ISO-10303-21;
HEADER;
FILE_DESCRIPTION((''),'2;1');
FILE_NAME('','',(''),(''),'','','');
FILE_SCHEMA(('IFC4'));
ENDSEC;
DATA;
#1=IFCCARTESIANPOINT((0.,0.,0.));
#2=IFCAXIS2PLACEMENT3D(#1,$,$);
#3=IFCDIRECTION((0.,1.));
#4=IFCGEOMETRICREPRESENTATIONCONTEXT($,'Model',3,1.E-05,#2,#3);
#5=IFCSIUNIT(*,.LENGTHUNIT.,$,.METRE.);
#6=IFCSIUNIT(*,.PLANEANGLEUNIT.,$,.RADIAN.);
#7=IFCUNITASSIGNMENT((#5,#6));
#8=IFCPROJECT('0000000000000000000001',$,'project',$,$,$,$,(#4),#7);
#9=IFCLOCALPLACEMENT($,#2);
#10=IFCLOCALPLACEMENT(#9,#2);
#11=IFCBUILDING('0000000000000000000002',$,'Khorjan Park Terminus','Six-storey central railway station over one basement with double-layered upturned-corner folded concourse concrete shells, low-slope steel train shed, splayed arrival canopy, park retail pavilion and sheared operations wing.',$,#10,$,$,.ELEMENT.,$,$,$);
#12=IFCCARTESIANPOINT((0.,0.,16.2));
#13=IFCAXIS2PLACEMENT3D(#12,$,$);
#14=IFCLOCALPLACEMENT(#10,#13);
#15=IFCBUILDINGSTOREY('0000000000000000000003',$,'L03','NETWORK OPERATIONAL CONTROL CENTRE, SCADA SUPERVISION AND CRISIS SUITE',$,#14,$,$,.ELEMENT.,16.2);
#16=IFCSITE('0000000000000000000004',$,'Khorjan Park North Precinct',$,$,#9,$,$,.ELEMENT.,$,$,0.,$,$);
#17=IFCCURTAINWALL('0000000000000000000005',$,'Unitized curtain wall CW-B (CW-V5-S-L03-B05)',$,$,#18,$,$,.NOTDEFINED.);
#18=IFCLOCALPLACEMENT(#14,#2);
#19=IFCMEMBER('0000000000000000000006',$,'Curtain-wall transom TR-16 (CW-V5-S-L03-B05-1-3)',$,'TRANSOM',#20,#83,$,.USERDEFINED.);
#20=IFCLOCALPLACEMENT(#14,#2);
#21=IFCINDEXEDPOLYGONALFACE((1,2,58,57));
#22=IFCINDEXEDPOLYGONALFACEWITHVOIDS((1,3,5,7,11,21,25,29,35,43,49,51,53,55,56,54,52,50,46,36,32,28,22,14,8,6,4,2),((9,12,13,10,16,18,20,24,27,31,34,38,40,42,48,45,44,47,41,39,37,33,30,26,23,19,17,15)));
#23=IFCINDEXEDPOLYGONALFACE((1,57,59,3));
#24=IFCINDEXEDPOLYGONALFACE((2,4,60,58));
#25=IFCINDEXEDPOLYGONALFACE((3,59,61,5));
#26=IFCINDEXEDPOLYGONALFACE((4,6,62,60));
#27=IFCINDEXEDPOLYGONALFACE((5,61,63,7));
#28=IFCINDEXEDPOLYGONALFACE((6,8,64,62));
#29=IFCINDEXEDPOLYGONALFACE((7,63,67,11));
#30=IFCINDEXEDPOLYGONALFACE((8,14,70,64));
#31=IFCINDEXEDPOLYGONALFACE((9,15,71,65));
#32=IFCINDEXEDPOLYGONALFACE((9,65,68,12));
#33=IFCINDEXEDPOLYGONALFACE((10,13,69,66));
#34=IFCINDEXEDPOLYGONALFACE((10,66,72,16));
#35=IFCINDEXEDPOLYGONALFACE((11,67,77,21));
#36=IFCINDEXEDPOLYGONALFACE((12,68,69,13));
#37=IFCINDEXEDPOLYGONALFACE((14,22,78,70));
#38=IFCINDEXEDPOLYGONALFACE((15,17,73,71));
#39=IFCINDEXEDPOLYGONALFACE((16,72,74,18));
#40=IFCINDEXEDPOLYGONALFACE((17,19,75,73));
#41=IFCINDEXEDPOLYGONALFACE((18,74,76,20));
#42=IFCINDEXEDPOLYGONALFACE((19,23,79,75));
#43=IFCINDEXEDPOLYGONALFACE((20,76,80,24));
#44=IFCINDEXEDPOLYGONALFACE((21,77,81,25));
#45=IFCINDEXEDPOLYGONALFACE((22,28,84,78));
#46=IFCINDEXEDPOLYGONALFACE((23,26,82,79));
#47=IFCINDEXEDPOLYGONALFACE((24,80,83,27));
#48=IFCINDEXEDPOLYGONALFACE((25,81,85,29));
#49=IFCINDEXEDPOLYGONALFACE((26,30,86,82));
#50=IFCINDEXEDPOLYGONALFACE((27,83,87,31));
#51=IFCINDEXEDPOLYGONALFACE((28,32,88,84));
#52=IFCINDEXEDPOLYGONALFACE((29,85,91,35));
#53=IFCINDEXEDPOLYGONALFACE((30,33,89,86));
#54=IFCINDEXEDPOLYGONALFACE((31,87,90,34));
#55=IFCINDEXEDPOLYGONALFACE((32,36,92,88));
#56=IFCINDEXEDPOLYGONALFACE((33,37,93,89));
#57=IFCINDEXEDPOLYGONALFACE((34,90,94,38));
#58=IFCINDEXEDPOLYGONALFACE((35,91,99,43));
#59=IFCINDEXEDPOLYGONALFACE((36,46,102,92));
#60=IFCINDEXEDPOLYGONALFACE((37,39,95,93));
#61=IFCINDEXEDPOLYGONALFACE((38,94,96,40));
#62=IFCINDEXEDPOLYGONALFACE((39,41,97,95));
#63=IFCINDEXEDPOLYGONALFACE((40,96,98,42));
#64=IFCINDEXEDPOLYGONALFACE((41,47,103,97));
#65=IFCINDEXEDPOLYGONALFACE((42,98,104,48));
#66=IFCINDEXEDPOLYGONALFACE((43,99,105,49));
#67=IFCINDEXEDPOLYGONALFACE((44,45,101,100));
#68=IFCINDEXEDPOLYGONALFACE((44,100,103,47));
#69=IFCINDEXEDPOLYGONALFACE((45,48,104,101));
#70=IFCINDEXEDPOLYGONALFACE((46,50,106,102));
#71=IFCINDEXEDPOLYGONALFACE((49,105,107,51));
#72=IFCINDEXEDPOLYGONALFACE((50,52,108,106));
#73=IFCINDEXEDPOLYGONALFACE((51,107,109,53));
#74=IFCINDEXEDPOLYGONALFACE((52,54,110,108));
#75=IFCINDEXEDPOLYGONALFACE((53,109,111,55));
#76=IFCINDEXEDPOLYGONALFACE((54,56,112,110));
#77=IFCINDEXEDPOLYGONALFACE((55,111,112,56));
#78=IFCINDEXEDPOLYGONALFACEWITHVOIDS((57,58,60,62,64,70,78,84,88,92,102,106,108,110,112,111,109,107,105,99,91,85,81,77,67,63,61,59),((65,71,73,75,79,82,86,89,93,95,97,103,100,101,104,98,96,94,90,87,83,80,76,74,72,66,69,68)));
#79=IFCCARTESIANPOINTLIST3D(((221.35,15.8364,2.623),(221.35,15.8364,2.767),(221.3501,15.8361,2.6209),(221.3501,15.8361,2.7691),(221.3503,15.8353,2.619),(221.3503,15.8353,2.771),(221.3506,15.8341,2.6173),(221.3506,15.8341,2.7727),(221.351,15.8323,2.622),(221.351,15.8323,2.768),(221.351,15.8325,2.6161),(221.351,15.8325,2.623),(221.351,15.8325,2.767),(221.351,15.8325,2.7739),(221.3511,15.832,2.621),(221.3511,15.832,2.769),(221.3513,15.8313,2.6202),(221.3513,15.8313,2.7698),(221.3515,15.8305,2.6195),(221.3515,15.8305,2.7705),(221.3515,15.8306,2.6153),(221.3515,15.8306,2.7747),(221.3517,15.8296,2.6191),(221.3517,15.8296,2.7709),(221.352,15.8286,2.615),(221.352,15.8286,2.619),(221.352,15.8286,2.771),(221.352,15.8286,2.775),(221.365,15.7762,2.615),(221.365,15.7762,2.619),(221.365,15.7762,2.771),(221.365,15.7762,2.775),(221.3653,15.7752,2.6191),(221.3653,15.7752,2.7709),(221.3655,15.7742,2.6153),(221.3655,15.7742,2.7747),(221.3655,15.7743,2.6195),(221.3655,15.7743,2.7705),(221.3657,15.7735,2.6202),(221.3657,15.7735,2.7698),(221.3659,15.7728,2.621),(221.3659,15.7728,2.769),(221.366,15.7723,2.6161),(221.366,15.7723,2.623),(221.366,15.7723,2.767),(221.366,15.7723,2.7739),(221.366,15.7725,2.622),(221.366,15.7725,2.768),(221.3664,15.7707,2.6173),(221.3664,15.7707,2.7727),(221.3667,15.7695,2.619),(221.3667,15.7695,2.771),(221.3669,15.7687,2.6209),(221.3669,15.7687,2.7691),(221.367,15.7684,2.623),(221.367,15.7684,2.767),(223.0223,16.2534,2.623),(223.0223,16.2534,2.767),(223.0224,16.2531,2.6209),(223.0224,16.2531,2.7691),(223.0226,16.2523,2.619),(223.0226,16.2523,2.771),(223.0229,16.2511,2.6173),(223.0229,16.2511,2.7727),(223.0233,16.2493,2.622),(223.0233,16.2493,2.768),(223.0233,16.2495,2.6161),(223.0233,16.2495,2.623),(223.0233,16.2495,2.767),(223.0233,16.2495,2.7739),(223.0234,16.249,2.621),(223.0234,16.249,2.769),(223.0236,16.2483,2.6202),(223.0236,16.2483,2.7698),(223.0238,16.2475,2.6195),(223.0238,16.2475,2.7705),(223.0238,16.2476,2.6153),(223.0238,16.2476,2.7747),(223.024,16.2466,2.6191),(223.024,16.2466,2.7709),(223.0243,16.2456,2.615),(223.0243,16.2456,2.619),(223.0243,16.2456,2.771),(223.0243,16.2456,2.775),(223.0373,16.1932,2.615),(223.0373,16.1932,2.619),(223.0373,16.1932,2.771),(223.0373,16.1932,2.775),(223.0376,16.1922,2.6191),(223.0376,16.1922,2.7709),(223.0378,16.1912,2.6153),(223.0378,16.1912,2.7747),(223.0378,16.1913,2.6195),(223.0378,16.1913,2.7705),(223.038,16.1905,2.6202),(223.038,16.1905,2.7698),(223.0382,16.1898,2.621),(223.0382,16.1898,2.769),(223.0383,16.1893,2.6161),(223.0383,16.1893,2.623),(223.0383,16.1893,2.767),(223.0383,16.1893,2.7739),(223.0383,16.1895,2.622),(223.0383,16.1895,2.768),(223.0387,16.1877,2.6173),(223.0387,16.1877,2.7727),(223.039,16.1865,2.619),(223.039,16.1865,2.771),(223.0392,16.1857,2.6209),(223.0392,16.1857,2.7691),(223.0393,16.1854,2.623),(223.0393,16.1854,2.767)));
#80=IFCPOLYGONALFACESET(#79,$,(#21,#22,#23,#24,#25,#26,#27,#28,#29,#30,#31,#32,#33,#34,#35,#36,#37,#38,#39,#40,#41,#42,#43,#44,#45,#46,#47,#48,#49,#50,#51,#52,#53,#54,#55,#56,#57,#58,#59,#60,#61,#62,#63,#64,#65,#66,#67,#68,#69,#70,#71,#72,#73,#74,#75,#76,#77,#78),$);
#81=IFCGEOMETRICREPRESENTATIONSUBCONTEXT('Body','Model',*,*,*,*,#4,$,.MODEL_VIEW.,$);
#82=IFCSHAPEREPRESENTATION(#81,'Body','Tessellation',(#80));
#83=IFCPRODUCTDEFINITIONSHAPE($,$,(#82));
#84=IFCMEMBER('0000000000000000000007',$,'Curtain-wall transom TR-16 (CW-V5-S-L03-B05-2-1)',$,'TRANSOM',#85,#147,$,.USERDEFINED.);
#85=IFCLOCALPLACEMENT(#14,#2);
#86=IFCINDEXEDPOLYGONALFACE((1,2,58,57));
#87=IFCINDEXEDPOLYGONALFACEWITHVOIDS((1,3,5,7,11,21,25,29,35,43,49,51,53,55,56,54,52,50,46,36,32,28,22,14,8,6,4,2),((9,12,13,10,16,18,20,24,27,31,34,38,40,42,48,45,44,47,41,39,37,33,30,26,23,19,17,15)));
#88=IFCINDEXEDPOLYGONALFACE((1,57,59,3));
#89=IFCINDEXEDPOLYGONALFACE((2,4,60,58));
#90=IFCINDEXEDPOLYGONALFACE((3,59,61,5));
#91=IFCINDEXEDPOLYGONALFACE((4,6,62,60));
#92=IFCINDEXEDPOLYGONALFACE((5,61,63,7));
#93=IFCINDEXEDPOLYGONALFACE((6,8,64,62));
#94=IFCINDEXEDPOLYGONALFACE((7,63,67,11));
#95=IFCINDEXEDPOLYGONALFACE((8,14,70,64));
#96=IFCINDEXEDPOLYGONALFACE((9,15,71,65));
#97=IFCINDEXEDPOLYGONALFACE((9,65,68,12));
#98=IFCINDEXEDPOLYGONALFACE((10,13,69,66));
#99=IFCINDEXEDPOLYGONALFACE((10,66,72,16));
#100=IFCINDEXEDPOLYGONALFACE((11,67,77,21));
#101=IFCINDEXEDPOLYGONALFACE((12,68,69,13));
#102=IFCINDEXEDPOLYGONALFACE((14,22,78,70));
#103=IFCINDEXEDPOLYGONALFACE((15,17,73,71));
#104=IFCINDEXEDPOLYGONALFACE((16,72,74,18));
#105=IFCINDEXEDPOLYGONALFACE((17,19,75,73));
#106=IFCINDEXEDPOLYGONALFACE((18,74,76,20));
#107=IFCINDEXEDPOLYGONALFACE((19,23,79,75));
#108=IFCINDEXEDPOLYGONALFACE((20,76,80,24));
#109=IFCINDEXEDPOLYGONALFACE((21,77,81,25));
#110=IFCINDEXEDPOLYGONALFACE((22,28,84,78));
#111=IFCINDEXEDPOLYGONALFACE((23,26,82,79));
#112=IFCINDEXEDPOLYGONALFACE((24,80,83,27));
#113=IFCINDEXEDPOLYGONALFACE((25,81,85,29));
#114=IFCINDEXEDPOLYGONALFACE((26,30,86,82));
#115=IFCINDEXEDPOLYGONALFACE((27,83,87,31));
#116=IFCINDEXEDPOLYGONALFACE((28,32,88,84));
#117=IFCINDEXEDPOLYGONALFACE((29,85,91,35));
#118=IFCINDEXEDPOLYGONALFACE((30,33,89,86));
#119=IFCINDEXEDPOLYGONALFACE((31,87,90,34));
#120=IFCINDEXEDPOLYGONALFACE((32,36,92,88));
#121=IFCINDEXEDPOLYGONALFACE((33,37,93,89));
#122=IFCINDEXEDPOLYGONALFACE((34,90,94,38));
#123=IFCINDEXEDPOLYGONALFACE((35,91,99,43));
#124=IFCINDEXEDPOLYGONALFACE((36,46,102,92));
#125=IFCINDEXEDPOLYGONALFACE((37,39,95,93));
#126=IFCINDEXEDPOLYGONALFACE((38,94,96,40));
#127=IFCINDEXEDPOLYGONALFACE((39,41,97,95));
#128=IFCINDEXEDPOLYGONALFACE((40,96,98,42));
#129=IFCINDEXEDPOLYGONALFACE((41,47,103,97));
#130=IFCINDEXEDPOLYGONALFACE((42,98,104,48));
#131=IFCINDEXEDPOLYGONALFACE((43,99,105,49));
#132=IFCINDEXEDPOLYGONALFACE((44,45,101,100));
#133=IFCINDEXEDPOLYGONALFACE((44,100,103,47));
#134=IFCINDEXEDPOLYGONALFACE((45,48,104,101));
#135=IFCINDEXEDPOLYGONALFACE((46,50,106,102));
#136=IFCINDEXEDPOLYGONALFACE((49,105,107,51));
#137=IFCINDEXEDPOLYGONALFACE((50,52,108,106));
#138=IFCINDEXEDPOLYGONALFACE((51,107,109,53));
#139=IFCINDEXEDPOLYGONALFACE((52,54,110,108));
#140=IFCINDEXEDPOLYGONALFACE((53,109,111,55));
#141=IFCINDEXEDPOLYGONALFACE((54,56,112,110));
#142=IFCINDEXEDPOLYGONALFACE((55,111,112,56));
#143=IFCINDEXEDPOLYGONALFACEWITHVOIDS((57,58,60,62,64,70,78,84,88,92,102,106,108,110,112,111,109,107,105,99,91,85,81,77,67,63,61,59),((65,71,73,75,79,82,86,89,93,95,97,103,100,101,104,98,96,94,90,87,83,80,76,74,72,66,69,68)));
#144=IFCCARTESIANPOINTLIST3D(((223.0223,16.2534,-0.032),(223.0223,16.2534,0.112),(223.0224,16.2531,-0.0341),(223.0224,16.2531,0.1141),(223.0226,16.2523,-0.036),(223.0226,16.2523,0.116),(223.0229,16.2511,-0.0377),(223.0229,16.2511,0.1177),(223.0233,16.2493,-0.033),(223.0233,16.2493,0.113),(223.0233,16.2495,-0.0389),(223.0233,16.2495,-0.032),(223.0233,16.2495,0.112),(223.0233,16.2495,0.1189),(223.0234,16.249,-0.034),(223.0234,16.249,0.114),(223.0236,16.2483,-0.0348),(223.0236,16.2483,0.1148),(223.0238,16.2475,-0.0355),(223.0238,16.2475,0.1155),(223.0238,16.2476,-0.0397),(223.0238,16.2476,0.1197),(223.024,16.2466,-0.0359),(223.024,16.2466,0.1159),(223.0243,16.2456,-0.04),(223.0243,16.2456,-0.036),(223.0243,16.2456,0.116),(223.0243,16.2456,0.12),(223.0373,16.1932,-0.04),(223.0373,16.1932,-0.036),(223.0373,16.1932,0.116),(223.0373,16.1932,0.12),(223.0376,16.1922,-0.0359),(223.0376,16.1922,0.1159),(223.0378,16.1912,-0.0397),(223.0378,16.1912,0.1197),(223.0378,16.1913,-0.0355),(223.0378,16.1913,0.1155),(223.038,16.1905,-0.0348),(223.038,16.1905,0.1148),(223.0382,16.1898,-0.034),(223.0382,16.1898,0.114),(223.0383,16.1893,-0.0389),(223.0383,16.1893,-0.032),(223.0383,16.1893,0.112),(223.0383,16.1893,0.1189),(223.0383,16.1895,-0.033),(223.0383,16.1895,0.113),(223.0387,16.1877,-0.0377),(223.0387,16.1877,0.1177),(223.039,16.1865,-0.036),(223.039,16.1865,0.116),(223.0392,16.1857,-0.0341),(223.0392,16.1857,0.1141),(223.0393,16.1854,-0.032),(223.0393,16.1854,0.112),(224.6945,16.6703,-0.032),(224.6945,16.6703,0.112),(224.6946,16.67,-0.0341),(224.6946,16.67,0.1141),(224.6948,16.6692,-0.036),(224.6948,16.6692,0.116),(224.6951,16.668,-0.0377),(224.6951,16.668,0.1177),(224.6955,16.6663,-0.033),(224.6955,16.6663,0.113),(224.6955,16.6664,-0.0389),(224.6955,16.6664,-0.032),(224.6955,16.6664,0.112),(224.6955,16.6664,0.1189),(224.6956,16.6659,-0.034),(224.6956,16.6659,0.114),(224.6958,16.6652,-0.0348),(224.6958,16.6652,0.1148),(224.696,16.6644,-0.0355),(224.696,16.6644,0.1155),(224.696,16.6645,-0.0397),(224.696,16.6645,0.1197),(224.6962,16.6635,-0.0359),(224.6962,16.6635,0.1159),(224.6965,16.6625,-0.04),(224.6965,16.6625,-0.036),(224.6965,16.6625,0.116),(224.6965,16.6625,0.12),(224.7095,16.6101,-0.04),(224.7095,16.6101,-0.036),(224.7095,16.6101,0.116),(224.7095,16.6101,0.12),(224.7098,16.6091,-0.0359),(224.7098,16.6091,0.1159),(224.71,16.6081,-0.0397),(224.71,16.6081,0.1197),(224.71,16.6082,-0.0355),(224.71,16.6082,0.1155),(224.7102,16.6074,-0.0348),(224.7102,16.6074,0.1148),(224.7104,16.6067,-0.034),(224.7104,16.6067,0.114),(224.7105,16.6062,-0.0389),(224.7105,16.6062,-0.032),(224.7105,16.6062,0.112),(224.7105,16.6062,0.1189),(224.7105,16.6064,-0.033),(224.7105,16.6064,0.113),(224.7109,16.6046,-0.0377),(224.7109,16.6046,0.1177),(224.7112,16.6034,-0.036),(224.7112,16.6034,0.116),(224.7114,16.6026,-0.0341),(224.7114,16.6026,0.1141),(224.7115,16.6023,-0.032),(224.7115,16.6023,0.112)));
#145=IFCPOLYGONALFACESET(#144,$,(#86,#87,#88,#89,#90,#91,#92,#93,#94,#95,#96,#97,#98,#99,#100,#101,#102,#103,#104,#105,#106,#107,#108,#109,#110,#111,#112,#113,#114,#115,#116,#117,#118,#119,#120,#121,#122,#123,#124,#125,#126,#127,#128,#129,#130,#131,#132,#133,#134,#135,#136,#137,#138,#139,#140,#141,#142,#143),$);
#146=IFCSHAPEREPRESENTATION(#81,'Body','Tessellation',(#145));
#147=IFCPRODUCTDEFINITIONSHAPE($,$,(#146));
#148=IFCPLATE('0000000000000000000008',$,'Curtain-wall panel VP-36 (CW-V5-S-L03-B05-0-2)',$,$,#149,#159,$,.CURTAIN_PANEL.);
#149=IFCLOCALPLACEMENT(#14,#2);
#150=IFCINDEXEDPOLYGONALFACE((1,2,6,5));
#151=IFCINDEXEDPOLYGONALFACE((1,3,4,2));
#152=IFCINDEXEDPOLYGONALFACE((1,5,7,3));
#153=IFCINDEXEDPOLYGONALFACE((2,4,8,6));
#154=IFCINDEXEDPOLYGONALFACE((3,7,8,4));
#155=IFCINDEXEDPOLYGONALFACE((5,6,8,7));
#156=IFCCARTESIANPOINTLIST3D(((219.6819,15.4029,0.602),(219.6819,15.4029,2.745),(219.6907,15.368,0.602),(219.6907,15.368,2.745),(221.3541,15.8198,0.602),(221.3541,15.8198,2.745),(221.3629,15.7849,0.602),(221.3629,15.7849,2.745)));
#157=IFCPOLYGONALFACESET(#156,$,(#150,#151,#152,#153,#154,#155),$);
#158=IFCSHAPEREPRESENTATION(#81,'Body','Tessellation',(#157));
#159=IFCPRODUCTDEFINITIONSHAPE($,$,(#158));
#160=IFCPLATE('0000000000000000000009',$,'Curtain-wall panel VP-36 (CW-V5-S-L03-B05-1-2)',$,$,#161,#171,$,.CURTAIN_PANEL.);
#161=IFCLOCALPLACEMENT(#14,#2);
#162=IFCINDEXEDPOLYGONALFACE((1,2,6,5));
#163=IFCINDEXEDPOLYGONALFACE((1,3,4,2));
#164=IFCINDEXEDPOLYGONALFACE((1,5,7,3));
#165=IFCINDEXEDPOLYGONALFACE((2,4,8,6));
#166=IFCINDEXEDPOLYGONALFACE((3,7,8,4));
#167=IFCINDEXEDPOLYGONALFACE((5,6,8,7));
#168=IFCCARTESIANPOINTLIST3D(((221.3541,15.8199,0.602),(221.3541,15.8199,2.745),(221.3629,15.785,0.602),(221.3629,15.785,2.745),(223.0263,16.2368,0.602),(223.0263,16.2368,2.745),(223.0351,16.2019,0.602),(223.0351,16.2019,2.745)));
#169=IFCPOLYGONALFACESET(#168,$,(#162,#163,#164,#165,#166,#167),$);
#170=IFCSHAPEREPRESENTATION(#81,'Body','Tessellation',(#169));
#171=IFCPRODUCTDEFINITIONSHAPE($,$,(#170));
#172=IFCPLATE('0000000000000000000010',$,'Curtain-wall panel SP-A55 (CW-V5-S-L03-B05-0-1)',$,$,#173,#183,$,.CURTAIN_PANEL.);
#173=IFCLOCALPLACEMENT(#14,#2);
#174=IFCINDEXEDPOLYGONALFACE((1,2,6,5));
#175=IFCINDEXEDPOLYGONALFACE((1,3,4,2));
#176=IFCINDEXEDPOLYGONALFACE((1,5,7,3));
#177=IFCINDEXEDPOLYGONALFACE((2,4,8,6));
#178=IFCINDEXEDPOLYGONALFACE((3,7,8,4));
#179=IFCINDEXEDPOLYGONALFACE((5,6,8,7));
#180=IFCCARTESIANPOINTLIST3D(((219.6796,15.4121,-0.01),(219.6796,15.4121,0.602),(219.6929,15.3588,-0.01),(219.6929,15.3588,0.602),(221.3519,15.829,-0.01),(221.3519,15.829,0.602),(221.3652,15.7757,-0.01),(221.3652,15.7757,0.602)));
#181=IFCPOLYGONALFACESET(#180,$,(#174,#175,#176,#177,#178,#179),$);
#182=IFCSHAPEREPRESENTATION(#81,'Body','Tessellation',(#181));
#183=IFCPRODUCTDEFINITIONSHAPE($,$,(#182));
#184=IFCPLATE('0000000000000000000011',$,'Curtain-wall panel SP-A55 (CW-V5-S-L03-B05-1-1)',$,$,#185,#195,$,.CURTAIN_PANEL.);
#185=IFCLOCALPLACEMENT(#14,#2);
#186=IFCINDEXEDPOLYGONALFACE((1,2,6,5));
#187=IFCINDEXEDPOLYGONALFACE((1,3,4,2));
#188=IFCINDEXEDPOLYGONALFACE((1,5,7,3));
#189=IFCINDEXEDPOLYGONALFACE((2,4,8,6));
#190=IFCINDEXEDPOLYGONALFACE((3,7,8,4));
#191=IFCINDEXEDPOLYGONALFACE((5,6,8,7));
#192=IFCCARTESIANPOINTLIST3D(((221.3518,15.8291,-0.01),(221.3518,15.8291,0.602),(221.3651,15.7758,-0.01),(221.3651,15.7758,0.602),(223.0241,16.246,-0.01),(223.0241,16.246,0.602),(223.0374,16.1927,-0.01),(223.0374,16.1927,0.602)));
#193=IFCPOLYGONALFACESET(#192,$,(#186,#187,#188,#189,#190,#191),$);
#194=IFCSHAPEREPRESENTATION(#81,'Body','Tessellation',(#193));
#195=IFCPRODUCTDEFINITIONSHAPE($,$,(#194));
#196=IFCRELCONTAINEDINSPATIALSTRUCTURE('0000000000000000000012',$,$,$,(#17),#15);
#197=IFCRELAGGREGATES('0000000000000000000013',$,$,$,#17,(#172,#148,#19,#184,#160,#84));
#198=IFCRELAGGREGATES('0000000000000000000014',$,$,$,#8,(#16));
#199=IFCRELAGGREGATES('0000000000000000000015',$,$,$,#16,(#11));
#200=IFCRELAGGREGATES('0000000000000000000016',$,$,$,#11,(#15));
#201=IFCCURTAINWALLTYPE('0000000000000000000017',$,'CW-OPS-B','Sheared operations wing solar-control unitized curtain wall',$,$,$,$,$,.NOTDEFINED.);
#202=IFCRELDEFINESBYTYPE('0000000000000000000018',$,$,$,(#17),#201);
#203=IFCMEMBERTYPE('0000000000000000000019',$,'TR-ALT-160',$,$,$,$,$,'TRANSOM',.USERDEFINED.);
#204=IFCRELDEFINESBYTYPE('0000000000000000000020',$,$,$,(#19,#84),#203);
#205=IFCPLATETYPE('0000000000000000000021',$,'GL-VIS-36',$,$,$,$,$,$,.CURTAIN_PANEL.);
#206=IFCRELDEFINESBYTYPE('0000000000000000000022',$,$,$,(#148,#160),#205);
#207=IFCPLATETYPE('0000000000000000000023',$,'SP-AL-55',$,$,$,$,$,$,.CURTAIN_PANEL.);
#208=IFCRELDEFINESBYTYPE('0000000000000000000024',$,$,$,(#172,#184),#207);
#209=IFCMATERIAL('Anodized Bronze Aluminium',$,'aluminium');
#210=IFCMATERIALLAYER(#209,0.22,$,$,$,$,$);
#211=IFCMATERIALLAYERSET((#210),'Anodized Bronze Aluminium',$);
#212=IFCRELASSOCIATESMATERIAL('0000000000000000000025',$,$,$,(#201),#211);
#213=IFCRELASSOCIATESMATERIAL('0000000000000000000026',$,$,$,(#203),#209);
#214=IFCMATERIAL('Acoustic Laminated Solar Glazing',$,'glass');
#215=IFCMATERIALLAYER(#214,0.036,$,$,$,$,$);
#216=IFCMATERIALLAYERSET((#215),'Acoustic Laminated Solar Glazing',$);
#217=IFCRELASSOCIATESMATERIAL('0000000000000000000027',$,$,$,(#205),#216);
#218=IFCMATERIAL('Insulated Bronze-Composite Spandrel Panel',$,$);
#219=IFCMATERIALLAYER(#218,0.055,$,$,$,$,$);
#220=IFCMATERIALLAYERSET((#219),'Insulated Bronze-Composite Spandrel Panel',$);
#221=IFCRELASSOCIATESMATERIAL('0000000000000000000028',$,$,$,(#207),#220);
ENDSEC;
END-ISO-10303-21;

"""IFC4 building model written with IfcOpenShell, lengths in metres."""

from ifc_helpers import new_model, si_unit, direction, frame, origin, origin_2d, place, context, subcontext, project, spatial, rectangle, hollow_rectangle, extrude, material, layer, layer_set, material_profile, profile_set, type_object, element, aggregate, save


model = new_model("IFC4")

# Units and contexts
model_context = context("Model", 3, precision=1e-05, world=origin(), true_north=direction((0.0, 1.0)))
body_context = subcontext(model_context, "Body", "Model", "MODEL_VIEW")
ifc_project = project(units=[si_unit("LENGTHUNIT", "METRE"), si_unit("PLANEANGLEUNIT", "RADIAN")], contexts=[model_context])

# Site, building, storey
site_placement = place(None, origin())
site = spatial("IfcSite", under=ifc_project, at=site_placement, Name="Khorjan Park North Precinct", CompositionType="ELEMENT", RefElevation=0.0)
building_placement = place(site_placement, origin())
building = spatial("IfcBuilding", under=site, at=building_placement, Name="Khorjan Park Terminus", Description="Six-storey central railway station over one basement with double-layered upturned-corner folded concourse concrete shells, low-slope steel train shed, splayed arrival canopy, park retail pavilion and sheared operations wing.", CompositionType="ELEMENT")
storey_placement = place(building_placement, frame((0.0, 0.0, 16.2)))
storey = spatial("IfcBuildingStorey", under=building, at=storey_placement, Name="L03", Description="NETWORK OPERATIONAL CONTROL CENTRE, SCADA SUPERVISION AND CRISIS SUITE", CompositionType="ELEMENT", Elevation=16.2)

# Curtain wall, members, plates
ifc_material_1 = material(Name="Anodized Bronze Aluminium", Category="aluminium")
ifc_layer_1 = layer(ifc_material_1, 0.22)
ifc_layer_set_1 = layer_set([ifc_layer_1], Name="Anodized Bronze Aluminium")
curtain_wall_type = type_object("IfcCurtainWallType", Name="CW-OPS-B", Description="Sheared operations wing solar-control unitized curtain wall", PredefinedType="NOTDEFINED", material=ifc_layer_set_1)
curtain_wall_placement = place(storey_placement, origin())
curtain_wall = element("IfcCurtainWall", 1, at=curtain_wall_placement, inside=storey, type_object=curtain_wall_type, Name="Unitized curtain wall CW-B (CW-V5-S-L03-B05)", PredefinedType="NOTDEFINED")
ifc_material_profile_1 = material_profile(ifc_material_1, hollow_rectangle(XDim=0.07, YDim=0.16, WallThickness=0.004, InnerFilletRadius=0.004, OuterFilletRadius=0.008, at=origin_2d()), Name="ALT 70x160x4")
ifc_profile_set_1 = profile_set([ifc_material_profile_1], Name="Anodized Bronze Aluminium")
member_type_1 = type_object("IfcMemberType", Name="TR-ALT-160", ElementType="TRANSOM", PredefinedType="USERDEFINED", material=ifc_profile_set_1)
member_1_placement = place(storey_placement, frame((221.3585, 15.8024, 2.695), z_axis=(0.970289, 0.241949, 0.0), x_axis=(-0.241949, 0.970289, 0.0)))
member_1 = element("IfcMember", 2, at=member_1_placement, type_object=member_type_1, Name="Curtain-wall transom TR-16 (CW-V5-S-L03-B05-1-3)", ObjectType="TRANSOM", PredefinedType="USERDEFINED", context=body_context, shape_type="SweptSolid", body=[
    extrude(hollow_rectangle(XDim=0.07, YDim=0.16, WallThickness=0.004, InnerFilletRadius=0.004, OuterFilletRadius=0.008, at=origin_2d()), origin(), (0.0, 0.0, 1.0), 1.7235),
])
member_2_placement = place(storey_placement, frame((223.0308, 16.2194, 0.04), z_axis=(0.970299, 0.241908, 0.0), x_axis=(-0.241908, 0.970299, 0.0)))
member_2 = element("IfcMember", 3, at=member_2_placement, type_object=member_type_1, Name="Curtain-wall transom TR-16 (CW-V5-S-L03-B05-2-1)", ObjectType="TRANSOM", PredefinedType="USERDEFINED", context=body_context, shape_type="SweptSolid", body=[
    extrude(hollow_rectangle(XDim=0.07, YDim=0.16, WallThickness=0.004, InnerFilletRadius=0.004, OuterFilletRadius=0.008, at=origin_2d()), origin(), (0.0, 0.0, 1.0), 1.7234),
])
ifc_material_2 = material(Name="Acoustic Laminated Solar Glazing", Category="glass")
ifc_layer_2 = layer(ifc_material_2, 0.036)
ifc_layer_set_2 = layer_set([ifc_layer_2], Name="Acoustic Laminated Solar Glazing")
plate_type_1 = type_object("IfcPlateType", Name="GL-VIS-36", PredefinedType="CURTAIN_PANEL", material=ifc_layer_set_2)
plate_1_placement = place(storey_placement, frame((220.5224, 15.5939, 0.602), z_axis=(0.0, 0.0, 1.0), x_axis=(0.970296, 0.241919, 0.0)))
plate_1 = element("IfcPlate", 4, at=plate_1_placement, type_object=plate_type_1, Name="Curtain-wall panel VP-36 (CW-V5-S-L03-B05-0-2)", PredefinedType="CURTAIN_PANEL", context=body_context, shape_type="SweptSolid", body=[
    extrude(rectangle(XDim=1.7234, YDim=0.036, at=origin_2d()), origin(), (0.0, 0.0, 1.0), 2.143),
])
plate_2_placement = place(storey_placement, frame((222.1946, 16.0109, 0.602), z_axis=(0.0, 0.0, 1.0), x_axis=(0.970296, 0.241919, 0.0)))
plate_2 = element("IfcPlate", 5, at=plate_2_placement, type_object=plate_type_1, Name="Curtain-wall panel VP-36 (CW-V5-S-L03-B05-1-2)", PredefinedType="CURTAIN_PANEL", context=body_context, shape_type="SweptSolid", body=[
    extrude(rectangle(XDim=1.7234, YDim=0.036, at=origin_2d()), origin(), (0.0, 0.0, 1.0), 2.143),
])
ifc_material_3 = material(Name="Insulated Bronze-Composite Spandrel Panel")
ifc_layer_3 = layer(ifc_material_3, 0.055)
ifc_layer_set_3 = layer_set([ifc_layer_3], Name="Insulated Bronze-Composite Spandrel Panel")
plate_type_2 = type_object("IfcPlateType", Name="SP-AL-55", PredefinedType="CURTAIN_PANEL", material=ifc_layer_set_3)
plate_3_placement = place(storey_placement, frame((220.5224, 15.5939, -0.01), z_axis=(0.0, 0.0, 1.0), x_axis=(0.970296, 0.241919, 0.0)))
plate_3 = element("IfcPlate", 6, at=plate_3_placement, type_object=plate_type_2, Name="Curtain-wall panel SP-A55 (CW-V5-S-L03-B05-0-1)", PredefinedType="CURTAIN_PANEL", context=body_context, shape_type="SweptSolid", body=[
    extrude(rectangle(XDim=1.7234, YDim=0.055, at=origin_2d()), origin(), (0.0, 0.0, 1.0), 0.612),
])
plate_4_placement = place(storey_placement, frame((222.1946, 16.0109, -0.01), z_axis=(0.0, 0.0, 1.0), x_axis=(0.970296, 0.241919, 0.0)))
plate_4 = element("IfcPlate", 7, at=plate_4_placement, type_object=plate_type_2, Name="Curtain-wall panel SP-A55 (CW-V5-S-L03-B05-1-1)", PredefinedType="CURTAIN_PANEL", context=body_context, shape_type="SweptSolid", body=[
    extrude(rectangle(XDim=1.7234, YDim=0.055, at=origin_2d()), origin(), (0.0, 0.0, 1.0), 0.612),
])
aggregate(curtain_wall, [plate_3, plate_1, member_1, plate_4, plate_2, member_2])

save(model, "model.ifc")
